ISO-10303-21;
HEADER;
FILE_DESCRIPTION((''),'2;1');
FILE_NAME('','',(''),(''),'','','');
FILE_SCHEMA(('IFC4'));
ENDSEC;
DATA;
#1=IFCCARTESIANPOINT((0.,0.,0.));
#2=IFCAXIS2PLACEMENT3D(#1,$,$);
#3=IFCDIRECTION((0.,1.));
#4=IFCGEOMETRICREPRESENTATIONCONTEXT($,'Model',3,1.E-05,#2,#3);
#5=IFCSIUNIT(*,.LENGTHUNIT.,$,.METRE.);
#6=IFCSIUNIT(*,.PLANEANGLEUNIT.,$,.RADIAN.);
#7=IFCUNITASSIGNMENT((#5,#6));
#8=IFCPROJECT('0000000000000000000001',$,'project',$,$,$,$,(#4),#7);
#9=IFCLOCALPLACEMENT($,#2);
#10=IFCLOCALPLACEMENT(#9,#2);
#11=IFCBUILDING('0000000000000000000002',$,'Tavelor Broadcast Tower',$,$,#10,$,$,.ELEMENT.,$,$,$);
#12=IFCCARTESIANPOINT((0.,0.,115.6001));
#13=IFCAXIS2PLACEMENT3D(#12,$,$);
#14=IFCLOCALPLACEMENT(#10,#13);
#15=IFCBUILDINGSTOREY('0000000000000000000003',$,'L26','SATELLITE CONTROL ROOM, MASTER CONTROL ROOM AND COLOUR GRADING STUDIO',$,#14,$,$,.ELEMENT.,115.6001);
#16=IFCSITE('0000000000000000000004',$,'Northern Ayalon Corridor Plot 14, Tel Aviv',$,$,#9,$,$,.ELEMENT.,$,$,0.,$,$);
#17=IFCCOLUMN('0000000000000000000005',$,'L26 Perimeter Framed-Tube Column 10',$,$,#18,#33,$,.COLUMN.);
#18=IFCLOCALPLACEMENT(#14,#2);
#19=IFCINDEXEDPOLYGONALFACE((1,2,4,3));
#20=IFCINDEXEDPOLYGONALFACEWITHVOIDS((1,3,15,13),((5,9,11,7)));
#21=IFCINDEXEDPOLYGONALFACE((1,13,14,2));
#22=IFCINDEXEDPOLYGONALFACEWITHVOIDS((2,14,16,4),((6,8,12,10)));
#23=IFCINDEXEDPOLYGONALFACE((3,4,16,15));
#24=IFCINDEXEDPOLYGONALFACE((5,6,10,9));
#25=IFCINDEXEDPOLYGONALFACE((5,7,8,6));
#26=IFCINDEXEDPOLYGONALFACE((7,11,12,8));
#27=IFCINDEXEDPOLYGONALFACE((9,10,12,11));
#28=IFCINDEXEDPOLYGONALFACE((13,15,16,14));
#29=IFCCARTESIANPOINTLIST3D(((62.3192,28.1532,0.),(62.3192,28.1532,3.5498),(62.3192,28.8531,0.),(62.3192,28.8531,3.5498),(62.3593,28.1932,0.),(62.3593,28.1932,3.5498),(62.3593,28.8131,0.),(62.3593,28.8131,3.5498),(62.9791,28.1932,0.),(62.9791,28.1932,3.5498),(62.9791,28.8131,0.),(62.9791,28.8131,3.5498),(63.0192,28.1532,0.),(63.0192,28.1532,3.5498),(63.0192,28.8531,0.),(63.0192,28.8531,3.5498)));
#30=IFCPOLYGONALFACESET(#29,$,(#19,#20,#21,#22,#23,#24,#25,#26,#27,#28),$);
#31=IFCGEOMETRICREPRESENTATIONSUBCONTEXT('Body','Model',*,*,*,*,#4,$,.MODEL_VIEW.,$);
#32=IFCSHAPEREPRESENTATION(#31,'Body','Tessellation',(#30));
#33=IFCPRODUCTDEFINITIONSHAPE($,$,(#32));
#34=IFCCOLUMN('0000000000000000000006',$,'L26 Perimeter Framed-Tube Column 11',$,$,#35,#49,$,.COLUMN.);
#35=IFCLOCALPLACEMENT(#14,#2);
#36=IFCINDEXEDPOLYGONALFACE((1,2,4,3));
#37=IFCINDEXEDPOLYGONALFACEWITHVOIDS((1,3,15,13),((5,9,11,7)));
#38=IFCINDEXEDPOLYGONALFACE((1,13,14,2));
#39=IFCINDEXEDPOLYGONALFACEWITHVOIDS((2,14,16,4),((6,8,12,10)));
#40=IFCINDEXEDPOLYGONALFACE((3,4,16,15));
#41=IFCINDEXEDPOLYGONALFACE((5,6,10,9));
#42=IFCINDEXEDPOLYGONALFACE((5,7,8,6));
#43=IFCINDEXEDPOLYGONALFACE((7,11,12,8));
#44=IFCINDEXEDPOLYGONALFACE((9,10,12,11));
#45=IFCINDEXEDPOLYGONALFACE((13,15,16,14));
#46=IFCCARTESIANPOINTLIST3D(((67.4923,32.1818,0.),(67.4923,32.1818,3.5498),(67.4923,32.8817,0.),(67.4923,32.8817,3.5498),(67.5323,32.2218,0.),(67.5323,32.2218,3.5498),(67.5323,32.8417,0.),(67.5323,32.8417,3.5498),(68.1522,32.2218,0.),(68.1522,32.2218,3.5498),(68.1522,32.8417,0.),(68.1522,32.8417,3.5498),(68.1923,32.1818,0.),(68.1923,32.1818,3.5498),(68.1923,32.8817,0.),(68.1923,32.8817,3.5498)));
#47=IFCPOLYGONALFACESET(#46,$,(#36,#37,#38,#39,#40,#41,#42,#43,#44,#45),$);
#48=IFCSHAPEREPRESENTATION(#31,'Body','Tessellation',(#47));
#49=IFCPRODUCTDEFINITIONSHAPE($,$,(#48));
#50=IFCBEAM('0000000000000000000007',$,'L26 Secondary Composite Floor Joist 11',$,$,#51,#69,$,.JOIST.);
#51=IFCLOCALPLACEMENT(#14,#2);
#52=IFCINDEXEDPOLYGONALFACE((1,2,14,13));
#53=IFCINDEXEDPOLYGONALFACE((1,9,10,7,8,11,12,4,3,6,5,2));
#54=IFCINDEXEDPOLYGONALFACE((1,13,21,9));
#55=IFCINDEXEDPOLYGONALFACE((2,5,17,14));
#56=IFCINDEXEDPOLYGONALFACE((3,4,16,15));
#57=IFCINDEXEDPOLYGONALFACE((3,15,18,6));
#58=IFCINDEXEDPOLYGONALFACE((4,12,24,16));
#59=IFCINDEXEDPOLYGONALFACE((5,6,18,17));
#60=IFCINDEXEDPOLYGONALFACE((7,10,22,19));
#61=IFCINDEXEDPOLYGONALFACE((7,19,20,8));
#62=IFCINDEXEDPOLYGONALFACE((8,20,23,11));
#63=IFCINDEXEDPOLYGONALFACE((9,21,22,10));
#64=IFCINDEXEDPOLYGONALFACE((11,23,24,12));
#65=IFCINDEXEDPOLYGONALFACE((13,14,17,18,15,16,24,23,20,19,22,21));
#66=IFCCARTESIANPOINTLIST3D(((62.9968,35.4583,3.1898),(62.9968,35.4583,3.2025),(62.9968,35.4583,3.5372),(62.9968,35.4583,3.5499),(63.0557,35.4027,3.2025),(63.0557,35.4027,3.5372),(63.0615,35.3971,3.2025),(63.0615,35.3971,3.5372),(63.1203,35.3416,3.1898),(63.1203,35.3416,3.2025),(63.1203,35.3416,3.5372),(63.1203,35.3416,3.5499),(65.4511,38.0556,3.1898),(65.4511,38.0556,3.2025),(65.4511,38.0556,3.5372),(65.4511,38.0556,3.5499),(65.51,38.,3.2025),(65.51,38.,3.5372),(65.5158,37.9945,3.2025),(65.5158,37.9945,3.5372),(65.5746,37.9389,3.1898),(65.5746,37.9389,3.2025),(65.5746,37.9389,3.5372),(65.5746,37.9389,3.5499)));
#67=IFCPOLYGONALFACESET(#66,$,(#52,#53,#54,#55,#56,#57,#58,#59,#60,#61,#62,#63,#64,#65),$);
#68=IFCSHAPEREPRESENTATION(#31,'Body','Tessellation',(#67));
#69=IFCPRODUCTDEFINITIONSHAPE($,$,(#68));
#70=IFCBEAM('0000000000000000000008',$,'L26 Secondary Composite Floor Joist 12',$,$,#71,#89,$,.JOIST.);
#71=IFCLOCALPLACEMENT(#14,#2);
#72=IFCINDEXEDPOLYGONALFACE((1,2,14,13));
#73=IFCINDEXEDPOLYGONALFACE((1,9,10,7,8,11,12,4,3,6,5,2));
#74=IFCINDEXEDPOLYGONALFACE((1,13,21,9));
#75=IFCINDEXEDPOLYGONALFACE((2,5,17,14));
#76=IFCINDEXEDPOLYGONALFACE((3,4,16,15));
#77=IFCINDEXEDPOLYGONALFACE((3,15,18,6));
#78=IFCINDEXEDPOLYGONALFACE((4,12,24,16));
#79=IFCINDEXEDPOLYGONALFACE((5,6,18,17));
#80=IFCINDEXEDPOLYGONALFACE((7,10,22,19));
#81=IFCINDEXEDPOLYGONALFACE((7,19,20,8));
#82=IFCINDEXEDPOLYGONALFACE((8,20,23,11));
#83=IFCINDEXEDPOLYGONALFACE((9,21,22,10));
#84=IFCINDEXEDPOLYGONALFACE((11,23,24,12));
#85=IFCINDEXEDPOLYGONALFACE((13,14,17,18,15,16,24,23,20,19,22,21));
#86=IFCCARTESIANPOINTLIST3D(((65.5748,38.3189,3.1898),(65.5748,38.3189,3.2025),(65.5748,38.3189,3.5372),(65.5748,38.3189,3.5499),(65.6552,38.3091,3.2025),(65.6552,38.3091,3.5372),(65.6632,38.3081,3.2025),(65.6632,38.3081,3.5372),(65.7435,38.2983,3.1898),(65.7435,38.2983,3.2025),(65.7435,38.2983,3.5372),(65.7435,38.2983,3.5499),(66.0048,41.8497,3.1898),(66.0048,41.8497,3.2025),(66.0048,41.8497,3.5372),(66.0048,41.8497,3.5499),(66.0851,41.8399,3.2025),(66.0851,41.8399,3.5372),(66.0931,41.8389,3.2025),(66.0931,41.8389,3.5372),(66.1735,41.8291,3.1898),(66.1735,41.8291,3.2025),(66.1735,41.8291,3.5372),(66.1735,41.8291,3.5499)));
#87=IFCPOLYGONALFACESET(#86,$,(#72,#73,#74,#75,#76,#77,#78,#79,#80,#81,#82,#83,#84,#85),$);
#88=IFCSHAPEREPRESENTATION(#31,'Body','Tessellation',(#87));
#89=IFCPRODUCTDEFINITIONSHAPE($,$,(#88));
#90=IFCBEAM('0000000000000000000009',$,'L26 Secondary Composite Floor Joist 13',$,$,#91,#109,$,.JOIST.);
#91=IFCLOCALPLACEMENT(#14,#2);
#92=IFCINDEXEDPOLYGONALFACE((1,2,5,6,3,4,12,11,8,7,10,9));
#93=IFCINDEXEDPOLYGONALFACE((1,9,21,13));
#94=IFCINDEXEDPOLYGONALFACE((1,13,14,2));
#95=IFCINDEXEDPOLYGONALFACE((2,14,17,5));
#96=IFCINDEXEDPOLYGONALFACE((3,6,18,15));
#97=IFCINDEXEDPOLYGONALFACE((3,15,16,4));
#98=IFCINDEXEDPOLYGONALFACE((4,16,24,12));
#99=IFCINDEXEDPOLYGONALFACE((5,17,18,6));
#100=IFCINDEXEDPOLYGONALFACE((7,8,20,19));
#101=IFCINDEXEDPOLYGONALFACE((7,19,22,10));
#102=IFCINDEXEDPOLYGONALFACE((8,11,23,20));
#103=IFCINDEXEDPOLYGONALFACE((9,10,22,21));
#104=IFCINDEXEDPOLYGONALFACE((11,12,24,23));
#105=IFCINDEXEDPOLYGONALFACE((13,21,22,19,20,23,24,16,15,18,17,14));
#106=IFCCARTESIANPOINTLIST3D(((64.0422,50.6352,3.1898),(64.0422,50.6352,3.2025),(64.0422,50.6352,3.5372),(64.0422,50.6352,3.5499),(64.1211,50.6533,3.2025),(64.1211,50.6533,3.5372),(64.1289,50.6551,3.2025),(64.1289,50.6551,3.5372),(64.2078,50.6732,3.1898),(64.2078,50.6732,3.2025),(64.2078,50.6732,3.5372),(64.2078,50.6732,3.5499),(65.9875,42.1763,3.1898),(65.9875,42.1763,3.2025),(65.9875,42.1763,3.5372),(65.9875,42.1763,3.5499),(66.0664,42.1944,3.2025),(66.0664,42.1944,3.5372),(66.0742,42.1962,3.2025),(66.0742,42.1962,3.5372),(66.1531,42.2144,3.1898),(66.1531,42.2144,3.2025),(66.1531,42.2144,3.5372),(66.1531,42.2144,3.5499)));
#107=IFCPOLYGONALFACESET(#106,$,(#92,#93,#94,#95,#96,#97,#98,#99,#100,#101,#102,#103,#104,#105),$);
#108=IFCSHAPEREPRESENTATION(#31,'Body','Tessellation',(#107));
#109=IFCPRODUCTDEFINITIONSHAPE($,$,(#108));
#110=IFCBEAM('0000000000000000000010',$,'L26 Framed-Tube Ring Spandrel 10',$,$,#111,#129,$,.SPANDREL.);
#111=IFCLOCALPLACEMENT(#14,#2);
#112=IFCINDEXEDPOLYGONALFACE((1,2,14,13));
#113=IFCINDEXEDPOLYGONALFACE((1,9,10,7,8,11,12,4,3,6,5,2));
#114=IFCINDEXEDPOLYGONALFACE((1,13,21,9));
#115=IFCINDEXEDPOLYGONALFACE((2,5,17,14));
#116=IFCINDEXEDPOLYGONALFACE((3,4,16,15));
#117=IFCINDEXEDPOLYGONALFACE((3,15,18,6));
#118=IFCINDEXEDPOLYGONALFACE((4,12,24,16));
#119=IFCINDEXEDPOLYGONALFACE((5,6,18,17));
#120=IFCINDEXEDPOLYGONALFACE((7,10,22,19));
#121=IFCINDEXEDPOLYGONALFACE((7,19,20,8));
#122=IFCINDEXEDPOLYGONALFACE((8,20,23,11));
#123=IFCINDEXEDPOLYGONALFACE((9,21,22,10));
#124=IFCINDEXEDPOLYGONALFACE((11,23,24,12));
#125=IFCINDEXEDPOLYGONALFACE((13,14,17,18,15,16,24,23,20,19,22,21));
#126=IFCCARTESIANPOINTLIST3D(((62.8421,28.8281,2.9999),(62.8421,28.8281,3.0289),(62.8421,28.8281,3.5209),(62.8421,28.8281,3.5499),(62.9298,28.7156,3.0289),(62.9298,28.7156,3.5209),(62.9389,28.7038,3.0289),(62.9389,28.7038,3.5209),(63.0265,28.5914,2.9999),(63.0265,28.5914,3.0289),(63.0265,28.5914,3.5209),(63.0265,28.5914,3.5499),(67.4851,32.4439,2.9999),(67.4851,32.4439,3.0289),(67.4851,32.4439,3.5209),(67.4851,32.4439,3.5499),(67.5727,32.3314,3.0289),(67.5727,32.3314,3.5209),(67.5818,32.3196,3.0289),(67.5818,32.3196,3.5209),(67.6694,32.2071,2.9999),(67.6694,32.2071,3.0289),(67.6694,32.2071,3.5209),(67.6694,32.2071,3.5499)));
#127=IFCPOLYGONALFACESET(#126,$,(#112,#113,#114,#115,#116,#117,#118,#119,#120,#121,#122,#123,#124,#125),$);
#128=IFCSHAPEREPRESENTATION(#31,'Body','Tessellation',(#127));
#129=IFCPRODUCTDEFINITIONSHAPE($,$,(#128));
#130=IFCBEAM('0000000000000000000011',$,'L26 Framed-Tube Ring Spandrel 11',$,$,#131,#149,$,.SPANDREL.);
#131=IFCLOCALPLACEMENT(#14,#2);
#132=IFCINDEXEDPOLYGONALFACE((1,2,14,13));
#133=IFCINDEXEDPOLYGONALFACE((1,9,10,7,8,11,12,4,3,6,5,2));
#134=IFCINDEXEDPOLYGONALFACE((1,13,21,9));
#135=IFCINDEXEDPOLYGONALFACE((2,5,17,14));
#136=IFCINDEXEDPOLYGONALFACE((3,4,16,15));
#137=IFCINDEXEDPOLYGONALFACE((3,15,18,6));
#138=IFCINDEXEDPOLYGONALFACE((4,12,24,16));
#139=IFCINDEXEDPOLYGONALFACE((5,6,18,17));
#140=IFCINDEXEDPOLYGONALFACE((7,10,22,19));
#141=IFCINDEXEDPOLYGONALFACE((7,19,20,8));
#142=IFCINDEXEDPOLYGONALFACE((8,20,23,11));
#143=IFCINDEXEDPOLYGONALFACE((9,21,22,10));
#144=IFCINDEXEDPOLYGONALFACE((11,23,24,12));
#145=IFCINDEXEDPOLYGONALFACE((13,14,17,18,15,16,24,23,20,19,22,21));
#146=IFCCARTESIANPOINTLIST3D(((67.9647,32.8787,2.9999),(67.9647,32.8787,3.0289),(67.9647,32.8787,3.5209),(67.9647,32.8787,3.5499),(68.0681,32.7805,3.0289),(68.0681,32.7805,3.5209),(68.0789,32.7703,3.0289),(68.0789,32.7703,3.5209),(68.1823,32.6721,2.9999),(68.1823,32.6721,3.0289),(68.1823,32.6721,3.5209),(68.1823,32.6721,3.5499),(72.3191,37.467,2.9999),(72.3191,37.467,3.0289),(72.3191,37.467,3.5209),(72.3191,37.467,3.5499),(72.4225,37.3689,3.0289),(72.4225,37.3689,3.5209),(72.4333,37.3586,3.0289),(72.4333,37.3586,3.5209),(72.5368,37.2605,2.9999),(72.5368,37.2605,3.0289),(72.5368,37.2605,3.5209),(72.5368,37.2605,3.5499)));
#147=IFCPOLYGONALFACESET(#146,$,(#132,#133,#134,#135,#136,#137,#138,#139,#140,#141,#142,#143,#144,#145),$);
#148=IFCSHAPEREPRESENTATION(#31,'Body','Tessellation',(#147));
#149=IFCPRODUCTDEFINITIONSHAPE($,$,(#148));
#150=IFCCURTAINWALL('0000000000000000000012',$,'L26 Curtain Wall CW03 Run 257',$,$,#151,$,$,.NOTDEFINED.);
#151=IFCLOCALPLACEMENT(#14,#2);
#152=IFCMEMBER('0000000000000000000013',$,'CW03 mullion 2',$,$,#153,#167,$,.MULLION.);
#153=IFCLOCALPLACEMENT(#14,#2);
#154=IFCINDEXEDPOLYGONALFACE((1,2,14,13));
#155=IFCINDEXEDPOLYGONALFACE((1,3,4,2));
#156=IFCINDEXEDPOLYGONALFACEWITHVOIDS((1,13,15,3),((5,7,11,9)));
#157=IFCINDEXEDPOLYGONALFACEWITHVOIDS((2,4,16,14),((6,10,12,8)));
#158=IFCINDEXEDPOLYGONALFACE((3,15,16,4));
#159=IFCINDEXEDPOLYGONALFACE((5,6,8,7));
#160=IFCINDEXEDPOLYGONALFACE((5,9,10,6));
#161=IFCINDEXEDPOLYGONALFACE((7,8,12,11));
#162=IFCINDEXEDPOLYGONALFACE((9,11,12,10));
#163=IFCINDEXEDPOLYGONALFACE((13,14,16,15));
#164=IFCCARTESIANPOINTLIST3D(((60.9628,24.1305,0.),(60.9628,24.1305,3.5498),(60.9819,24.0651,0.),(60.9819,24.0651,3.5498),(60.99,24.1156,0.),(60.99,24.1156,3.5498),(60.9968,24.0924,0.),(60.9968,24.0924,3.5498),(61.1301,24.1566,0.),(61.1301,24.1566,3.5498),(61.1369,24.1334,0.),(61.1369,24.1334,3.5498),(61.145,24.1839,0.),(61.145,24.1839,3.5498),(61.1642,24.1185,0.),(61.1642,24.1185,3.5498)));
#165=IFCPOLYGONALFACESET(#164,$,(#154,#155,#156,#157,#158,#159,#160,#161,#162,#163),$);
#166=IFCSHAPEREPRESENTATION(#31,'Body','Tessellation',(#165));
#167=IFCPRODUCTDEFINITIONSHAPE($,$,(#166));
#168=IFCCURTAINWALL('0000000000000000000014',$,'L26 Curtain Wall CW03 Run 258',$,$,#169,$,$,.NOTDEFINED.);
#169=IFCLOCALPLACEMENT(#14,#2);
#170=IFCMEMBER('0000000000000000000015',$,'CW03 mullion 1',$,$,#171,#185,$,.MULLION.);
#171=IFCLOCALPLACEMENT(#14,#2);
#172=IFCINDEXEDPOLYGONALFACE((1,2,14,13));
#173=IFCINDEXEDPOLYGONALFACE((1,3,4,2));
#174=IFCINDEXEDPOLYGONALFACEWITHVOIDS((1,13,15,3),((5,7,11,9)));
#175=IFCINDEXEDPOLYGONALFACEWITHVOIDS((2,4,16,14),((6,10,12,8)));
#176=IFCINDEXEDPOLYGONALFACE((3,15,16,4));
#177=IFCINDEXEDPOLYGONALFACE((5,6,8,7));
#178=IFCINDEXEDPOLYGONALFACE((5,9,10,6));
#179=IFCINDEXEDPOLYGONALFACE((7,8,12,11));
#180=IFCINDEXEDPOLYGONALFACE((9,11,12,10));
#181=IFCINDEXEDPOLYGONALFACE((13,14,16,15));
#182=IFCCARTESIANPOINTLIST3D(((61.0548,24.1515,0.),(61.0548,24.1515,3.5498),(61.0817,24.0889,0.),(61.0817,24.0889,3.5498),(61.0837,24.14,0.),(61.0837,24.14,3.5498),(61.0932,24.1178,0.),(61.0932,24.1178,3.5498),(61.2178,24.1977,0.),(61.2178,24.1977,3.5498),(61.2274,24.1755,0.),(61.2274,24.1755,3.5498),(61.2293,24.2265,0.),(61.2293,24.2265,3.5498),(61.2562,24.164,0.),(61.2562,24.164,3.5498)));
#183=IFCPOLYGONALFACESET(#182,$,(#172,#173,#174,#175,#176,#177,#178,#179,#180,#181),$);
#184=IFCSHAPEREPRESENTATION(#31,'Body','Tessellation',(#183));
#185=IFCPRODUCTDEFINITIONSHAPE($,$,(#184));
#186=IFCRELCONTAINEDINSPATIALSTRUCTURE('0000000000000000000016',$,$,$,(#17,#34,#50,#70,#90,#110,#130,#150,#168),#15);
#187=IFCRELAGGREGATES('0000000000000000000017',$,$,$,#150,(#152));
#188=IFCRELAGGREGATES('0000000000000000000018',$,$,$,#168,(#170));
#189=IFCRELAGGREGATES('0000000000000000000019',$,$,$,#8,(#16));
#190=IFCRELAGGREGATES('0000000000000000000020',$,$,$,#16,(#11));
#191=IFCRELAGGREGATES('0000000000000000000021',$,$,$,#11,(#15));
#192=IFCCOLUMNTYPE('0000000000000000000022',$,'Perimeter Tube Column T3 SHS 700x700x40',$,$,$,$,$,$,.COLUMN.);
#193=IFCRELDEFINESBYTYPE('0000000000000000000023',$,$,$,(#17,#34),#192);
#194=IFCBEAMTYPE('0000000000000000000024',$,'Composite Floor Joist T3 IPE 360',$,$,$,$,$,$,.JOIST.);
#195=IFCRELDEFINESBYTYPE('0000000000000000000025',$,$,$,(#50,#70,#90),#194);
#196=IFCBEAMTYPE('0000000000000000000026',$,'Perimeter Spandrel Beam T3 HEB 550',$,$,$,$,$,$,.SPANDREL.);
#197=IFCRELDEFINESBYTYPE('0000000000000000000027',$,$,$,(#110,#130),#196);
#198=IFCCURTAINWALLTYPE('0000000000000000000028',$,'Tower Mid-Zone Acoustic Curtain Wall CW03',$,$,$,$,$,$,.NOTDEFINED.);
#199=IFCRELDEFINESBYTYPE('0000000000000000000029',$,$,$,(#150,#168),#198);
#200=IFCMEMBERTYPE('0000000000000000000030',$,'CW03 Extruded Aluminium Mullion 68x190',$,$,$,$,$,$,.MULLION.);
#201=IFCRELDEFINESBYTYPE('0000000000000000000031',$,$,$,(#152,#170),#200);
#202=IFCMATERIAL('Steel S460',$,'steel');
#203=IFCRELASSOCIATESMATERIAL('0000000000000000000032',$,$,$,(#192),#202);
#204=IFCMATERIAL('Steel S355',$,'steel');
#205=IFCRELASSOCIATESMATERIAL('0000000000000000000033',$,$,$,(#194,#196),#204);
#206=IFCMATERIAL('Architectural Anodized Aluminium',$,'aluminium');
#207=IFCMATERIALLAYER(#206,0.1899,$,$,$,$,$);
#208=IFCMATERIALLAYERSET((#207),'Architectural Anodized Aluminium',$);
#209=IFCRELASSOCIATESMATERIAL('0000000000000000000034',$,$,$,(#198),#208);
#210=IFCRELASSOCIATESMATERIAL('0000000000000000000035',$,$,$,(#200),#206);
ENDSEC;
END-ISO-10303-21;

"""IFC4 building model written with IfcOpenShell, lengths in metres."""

from ifc_helpers import new_model, si_unit, direction, frame, origin, origin_2d, place, context, subcontext, project, spatial, hollow_rectangle, i_section, extrude, source, transform, mapped, material, layer, layer_set, material_profile, profile_set, type_object, type_shapes, element, aggregate, save


model = new_model("IFC4")

# Units and contexts
model_context = context("Model", 3, precision=1e-05, world=origin(), true_north=direction((0.0, 1.0)))
body_context = subcontext(model_context, "Body", "Model", "MODEL_VIEW")
ifc_project = project(units=[si_unit("LENGTHUNIT", "METRE"), si_unit("PLANEANGLEUNIT", "RADIAN")], contexts=[model_context])

# Site, building, storey
site_placement = place(None, origin())
site = spatial("IfcSite", under=ifc_project, at=site_placement, Name="Northern Ayalon Corridor Plot 14, Tel Aviv", CompositionType="ELEMENT", RefElevation=0.0)
building_placement = place(site_placement, origin())
building = spatial("IfcBuilding", under=site, at=building_placement, Name="Tavelor Broadcast Tower", CompositionType="ELEMENT")
storey_placement = place(building_placement, frame((0.0, 0.0, 115.6001)))
storey = spatial("IfcBuildingStorey", under=building, at=storey_placement, Name="L26", Description="SATELLITE CONTROL ROOM, MASTER CONTROL ROOM AND COLOUR GRADING STUDIO", CompositionType="ELEMENT", Elevation=115.6001)

# Columns
ifc_material_1 = material(Name="Steel S460", Category="steel")
ifc_material_profile_1 = material_profile(ifc_material_1, hollow_rectangle(XDim=0.7, YDim=0.7, WallThickness=0.04, at=origin_2d()), Name="SHS 700x700x40")
ifc_profile_set_1 = profile_set([ifc_material_profile_1], Name="Steel S460")
column_type = type_object("IfcColumnType", Name="Perimeter Tube Column T3 SHS 700x700x40", PredefinedType="COLUMN", material=ifc_profile_set_1)
for number, where, z_axis, x_axis, name in (
    (1, (62.6692, 28.5032, 0.0), (0.0, 0.0, 1.0), (1.0, 0.0, 0.0), "L26 Perimeter Framed-Tube Column 10"),
    (2, (67.8423, 32.5317, 0.0), (0.0, 0.0, 1.0), (1.0, 0.0, 0.0), "L26 Perimeter Framed-Tube Column 11"),
):
    element("IfcColumn", number, at=place(storey_placement, frame(where, z_axis=z_axis, x_axis=x_axis)), inside=storey, type_object=column_type, Name=name, PredefinedType="COLUMN", context=body_context, shape_type="SweptSolid", body=[
        extrude(hollow_rectangle(XDim=0.7, YDim=0.7, WallThickness=0.04, at=origin_2d()), origin(), (0.0, 0.0, 1.0), 3.5498),
    ])

# Beams
ifc_material_2 = material(Name="Steel S355", Category="steel")
ifc_material_profile_2 = material_profile(ifc_material_2, i_section(OverallWidth=0.1699, OverallDepth=0.3601, WebThickness=0.0081, FlangeThickness=0.0127, at=origin_2d()), Name="IPE 360")
ifc_profile_set_2 = profile_set([ifc_material_profile_2], Name="Steel S355")
beam_type_1 = type_object("IfcBeamType", Name="Composite Floor Joist T3 IPE 360", PredefinedType="JOIST", material=ifc_profile_set_2)
beam_1_placement = place(storey_placement, frame((63.0586, 35.3999, 3.3699), z_axis=(0.686806, 0.726841, 0.0), x_axis=(-0.726841, 0.686806, 0.0)))
element("IfcBeam", 3, at=beam_1_placement, inside=storey, type_object=beam_type_1, Name="L26 Secondary Composite Floor Joist 11", PredefinedType="JOIST", context=body_context, shape_type="SweptSolid", body=[
    extrude(i_section(OverallWidth=0.1699, OverallDepth=0.3601, WebThickness=0.0081, FlangeThickness=0.0127, at=origin_2d()), origin(), (0.0, 0.0, 1.0), 3.5735),
])
beam_2_placement = place(storey_placement, frame((65.6592, 38.3086, 3.3699), z_axis=(0.120875, 0.992668, 0.0), x_axis=(-0.992668, 0.120875, 0.0)))
element("IfcBeam", 4, at=beam_2_placement, inside=storey, type_object=beam_type_1, Name="L26 Secondary Composite Floor Joist 12", PredefinedType="JOIST", context=body_context, shape_type="SweptSolid", body=[
    extrude(i_section(OverallWidth=0.1699, OverallDepth=0.3601, WebThickness=0.0081, FlangeThickness=0.0127, at=origin_2d()), origin(), (0.0, 0.0, 1.0), 3.5569),
])
beam_3_placement = place(storey_placement, frame((66.0703, 42.1953, 3.3699), z_axis=(-0.22412, 0.974562, 0.0), x_axis=(-0.974562, -0.22412, 0.0)))
element("IfcBeam", 5, at=beam_3_placement, inside=storey, type_object=beam_type_1, Name="L26 Secondary Composite Floor Joist 13", PredefinedType="JOIST", context=body_context, shape_type="SweptSolid", body=[
    extrude(i_section(OverallWidth=0.1699, OverallDepth=0.3601, WebThickness=0.0081, FlangeThickness=0.0127, at=origin_2d()), origin(), (0.0, 0.0, 1.0), 8.6797),
])
ifc_material_profile_3 = material_profile(ifc_material_2, i_section(OverallWidth=0.3, OverallDepth=0.55, WebThickness=0.0149, FlangeThickness=0.0291, at=origin_2d()), Name="HEB 550")
ifc_profile_set_3 = profile_set([ifc_material_profile_3], Name="Steel S355")
beam_type_2 = type_object("IfcBeamType", Name="Perimeter Spandrel Beam T3 HEB 550", PredefinedType="SPANDREL", material=ifc_profile_set_3)
beam_4_placement = place(storey_placement, frame((62.9343, 28.7097, 3.2749), z_axis=(0.78897, 0.614432, 0.0), x_axis=(-0.614432, 0.78897, 0.0)))
element("IfcBeam", 6, at=beam_4_placement, inside=storey, type_object=beam_type_2, Name="L26 Framed-Tube Ring Spandrel 10", PredefinedType="SPANDREL", context=body_context, shape_type="SweptSolid", body=[
    extrude(i_section(OverallWidth=0.3, OverallDepth=0.55, WebThickness=0.0149, FlangeThickness=0.0291, at=origin_2d()), origin(), (0.0, 0.0, 1.0), 5.8848),
])
beam_5_placement = place(storey_placement, frame((68.0735, 32.7754, 3.2749), z_axis=(0.688378, 0.725352, 0.0), x_axis=(-0.725352, 0.688378, 0.0)))
element("IfcBeam", 7, at=beam_5_placement, inside=storey, type_object=beam_type_2, Name="L26 Framed-Tube Ring Spandrel 11", PredefinedType="SPANDREL", context=body_context, shape_type="SweptSolid", body=[
    extrude(i_section(OverallWidth=0.3, OverallDepth=0.55, WebThickness=0.0149, FlangeThickness=0.0291, at=origin_2d()), origin(), (0.0, 0.0, 1.0), 6.3257),
])

# Curtain wall, member
ifc_material_3 = material(Name="Architectural Anodized Aluminium", Category="aluminium")
ifc_layer_1 = layer(ifc_material_3, 0.1899)
ifc_layer_set_1 = layer_set([ifc_layer_1], Name="Architectural Anodized Aluminium")
curtain_wall_type = type_object("IfcCurtainWallType", Name="Tower Mid-Zone Acoustic Curtain Wall CW03", PredefinedType="NOTDEFINED", material=ifc_layer_set_1)
curtain_wall_1_placement = place(storey_placement, origin())
curtain_wall_1 = element("IfcCurtainWall", 8, at=curtain_wall_1_placement, inside=storey, type_object=curtain_wall_type, Name="L26 Curtain Wall CW03 Run 257", PredefinedType="NOTDEFINED")
ifc_material_profile_4 = material_profile(ifc_material_3, hollow_rectangle(XDim=0.0681, YDim=0.1899, WallThickness=0.022, at=origin_2d()), Name="RHS 68x190x22")
ifc_profile_set_4 = profile_set([ifc_material_profile_4], Name="Architectural Anodized Aluminium")
member_type_1 = type_object("IfcMemberType", Name="CW03 Extruded Aluminium Mullion 68x190", PredefinedType="MULLION", material=ifc_profile_set_4)
shared_shape_1 = source(origin(), body_context, "Body", "SweptSolid", [
    extrude(hollow_rectangle(XDim=0.0681, YDim=0.1899, WallThickness=0.022, at=origin_2d()), origin(), (0.0, 0.0, 1.0), 3.5498),
])
type_shapes(member_type_1, [shared_shape_1])
member_1_placement = place(storey_placement, frame((61.0635, 24.1245, 0.0), z_axis=(0.0, 0.0, 1.0), x_axis=(-0.281081, 0.959684, 0.0)))
member_1 = element("IfcMember", 9, at=member_1_placement, type_object=member_type_1, Name="CW03 mullion 2", PredefinedType="MULLION", context=body_context, shape_type="MappedRepresentation", body=[
    mapped(shared_shape_1, transform((0.0, 0.0, 0.0), scale=1.0)),
])
aggregate(curtain_wall_1, [member_1])

# Curtain wall, member
curtain_wall_2_placement = place(storey_placement, origin())
curtain_wall_2 = element("IfcCurtainWall", 10, at=curtain_wall_2_placement, inside=storey, type_object=curtain_wall_type, Name="L26 Curtain Wall CW03 Run 258", PredefinedType="NOTDEFINED")
member_2_placement = place(storey_placement, frame((61.1555, 24.1577, 0.0), z_axis=(0.0, 0.0, 1.0), x_axis=(-0.395148, 0.918617, 0.0)))
member_2 = element("IfcMember", 11, at=member_2_placement, type_object=member_type_1, Name="CW03 mullion 1", PredefinedType="MULLION", context=body_context, shape_type="MappedRepresentation", body=[
    mapped(shared_shape_1, transform((0.0, 0.0, 0.0), scale=1.0)),
])

aggregate(curtain_wall_2, [member_2])

save(model, "model.ifc")
